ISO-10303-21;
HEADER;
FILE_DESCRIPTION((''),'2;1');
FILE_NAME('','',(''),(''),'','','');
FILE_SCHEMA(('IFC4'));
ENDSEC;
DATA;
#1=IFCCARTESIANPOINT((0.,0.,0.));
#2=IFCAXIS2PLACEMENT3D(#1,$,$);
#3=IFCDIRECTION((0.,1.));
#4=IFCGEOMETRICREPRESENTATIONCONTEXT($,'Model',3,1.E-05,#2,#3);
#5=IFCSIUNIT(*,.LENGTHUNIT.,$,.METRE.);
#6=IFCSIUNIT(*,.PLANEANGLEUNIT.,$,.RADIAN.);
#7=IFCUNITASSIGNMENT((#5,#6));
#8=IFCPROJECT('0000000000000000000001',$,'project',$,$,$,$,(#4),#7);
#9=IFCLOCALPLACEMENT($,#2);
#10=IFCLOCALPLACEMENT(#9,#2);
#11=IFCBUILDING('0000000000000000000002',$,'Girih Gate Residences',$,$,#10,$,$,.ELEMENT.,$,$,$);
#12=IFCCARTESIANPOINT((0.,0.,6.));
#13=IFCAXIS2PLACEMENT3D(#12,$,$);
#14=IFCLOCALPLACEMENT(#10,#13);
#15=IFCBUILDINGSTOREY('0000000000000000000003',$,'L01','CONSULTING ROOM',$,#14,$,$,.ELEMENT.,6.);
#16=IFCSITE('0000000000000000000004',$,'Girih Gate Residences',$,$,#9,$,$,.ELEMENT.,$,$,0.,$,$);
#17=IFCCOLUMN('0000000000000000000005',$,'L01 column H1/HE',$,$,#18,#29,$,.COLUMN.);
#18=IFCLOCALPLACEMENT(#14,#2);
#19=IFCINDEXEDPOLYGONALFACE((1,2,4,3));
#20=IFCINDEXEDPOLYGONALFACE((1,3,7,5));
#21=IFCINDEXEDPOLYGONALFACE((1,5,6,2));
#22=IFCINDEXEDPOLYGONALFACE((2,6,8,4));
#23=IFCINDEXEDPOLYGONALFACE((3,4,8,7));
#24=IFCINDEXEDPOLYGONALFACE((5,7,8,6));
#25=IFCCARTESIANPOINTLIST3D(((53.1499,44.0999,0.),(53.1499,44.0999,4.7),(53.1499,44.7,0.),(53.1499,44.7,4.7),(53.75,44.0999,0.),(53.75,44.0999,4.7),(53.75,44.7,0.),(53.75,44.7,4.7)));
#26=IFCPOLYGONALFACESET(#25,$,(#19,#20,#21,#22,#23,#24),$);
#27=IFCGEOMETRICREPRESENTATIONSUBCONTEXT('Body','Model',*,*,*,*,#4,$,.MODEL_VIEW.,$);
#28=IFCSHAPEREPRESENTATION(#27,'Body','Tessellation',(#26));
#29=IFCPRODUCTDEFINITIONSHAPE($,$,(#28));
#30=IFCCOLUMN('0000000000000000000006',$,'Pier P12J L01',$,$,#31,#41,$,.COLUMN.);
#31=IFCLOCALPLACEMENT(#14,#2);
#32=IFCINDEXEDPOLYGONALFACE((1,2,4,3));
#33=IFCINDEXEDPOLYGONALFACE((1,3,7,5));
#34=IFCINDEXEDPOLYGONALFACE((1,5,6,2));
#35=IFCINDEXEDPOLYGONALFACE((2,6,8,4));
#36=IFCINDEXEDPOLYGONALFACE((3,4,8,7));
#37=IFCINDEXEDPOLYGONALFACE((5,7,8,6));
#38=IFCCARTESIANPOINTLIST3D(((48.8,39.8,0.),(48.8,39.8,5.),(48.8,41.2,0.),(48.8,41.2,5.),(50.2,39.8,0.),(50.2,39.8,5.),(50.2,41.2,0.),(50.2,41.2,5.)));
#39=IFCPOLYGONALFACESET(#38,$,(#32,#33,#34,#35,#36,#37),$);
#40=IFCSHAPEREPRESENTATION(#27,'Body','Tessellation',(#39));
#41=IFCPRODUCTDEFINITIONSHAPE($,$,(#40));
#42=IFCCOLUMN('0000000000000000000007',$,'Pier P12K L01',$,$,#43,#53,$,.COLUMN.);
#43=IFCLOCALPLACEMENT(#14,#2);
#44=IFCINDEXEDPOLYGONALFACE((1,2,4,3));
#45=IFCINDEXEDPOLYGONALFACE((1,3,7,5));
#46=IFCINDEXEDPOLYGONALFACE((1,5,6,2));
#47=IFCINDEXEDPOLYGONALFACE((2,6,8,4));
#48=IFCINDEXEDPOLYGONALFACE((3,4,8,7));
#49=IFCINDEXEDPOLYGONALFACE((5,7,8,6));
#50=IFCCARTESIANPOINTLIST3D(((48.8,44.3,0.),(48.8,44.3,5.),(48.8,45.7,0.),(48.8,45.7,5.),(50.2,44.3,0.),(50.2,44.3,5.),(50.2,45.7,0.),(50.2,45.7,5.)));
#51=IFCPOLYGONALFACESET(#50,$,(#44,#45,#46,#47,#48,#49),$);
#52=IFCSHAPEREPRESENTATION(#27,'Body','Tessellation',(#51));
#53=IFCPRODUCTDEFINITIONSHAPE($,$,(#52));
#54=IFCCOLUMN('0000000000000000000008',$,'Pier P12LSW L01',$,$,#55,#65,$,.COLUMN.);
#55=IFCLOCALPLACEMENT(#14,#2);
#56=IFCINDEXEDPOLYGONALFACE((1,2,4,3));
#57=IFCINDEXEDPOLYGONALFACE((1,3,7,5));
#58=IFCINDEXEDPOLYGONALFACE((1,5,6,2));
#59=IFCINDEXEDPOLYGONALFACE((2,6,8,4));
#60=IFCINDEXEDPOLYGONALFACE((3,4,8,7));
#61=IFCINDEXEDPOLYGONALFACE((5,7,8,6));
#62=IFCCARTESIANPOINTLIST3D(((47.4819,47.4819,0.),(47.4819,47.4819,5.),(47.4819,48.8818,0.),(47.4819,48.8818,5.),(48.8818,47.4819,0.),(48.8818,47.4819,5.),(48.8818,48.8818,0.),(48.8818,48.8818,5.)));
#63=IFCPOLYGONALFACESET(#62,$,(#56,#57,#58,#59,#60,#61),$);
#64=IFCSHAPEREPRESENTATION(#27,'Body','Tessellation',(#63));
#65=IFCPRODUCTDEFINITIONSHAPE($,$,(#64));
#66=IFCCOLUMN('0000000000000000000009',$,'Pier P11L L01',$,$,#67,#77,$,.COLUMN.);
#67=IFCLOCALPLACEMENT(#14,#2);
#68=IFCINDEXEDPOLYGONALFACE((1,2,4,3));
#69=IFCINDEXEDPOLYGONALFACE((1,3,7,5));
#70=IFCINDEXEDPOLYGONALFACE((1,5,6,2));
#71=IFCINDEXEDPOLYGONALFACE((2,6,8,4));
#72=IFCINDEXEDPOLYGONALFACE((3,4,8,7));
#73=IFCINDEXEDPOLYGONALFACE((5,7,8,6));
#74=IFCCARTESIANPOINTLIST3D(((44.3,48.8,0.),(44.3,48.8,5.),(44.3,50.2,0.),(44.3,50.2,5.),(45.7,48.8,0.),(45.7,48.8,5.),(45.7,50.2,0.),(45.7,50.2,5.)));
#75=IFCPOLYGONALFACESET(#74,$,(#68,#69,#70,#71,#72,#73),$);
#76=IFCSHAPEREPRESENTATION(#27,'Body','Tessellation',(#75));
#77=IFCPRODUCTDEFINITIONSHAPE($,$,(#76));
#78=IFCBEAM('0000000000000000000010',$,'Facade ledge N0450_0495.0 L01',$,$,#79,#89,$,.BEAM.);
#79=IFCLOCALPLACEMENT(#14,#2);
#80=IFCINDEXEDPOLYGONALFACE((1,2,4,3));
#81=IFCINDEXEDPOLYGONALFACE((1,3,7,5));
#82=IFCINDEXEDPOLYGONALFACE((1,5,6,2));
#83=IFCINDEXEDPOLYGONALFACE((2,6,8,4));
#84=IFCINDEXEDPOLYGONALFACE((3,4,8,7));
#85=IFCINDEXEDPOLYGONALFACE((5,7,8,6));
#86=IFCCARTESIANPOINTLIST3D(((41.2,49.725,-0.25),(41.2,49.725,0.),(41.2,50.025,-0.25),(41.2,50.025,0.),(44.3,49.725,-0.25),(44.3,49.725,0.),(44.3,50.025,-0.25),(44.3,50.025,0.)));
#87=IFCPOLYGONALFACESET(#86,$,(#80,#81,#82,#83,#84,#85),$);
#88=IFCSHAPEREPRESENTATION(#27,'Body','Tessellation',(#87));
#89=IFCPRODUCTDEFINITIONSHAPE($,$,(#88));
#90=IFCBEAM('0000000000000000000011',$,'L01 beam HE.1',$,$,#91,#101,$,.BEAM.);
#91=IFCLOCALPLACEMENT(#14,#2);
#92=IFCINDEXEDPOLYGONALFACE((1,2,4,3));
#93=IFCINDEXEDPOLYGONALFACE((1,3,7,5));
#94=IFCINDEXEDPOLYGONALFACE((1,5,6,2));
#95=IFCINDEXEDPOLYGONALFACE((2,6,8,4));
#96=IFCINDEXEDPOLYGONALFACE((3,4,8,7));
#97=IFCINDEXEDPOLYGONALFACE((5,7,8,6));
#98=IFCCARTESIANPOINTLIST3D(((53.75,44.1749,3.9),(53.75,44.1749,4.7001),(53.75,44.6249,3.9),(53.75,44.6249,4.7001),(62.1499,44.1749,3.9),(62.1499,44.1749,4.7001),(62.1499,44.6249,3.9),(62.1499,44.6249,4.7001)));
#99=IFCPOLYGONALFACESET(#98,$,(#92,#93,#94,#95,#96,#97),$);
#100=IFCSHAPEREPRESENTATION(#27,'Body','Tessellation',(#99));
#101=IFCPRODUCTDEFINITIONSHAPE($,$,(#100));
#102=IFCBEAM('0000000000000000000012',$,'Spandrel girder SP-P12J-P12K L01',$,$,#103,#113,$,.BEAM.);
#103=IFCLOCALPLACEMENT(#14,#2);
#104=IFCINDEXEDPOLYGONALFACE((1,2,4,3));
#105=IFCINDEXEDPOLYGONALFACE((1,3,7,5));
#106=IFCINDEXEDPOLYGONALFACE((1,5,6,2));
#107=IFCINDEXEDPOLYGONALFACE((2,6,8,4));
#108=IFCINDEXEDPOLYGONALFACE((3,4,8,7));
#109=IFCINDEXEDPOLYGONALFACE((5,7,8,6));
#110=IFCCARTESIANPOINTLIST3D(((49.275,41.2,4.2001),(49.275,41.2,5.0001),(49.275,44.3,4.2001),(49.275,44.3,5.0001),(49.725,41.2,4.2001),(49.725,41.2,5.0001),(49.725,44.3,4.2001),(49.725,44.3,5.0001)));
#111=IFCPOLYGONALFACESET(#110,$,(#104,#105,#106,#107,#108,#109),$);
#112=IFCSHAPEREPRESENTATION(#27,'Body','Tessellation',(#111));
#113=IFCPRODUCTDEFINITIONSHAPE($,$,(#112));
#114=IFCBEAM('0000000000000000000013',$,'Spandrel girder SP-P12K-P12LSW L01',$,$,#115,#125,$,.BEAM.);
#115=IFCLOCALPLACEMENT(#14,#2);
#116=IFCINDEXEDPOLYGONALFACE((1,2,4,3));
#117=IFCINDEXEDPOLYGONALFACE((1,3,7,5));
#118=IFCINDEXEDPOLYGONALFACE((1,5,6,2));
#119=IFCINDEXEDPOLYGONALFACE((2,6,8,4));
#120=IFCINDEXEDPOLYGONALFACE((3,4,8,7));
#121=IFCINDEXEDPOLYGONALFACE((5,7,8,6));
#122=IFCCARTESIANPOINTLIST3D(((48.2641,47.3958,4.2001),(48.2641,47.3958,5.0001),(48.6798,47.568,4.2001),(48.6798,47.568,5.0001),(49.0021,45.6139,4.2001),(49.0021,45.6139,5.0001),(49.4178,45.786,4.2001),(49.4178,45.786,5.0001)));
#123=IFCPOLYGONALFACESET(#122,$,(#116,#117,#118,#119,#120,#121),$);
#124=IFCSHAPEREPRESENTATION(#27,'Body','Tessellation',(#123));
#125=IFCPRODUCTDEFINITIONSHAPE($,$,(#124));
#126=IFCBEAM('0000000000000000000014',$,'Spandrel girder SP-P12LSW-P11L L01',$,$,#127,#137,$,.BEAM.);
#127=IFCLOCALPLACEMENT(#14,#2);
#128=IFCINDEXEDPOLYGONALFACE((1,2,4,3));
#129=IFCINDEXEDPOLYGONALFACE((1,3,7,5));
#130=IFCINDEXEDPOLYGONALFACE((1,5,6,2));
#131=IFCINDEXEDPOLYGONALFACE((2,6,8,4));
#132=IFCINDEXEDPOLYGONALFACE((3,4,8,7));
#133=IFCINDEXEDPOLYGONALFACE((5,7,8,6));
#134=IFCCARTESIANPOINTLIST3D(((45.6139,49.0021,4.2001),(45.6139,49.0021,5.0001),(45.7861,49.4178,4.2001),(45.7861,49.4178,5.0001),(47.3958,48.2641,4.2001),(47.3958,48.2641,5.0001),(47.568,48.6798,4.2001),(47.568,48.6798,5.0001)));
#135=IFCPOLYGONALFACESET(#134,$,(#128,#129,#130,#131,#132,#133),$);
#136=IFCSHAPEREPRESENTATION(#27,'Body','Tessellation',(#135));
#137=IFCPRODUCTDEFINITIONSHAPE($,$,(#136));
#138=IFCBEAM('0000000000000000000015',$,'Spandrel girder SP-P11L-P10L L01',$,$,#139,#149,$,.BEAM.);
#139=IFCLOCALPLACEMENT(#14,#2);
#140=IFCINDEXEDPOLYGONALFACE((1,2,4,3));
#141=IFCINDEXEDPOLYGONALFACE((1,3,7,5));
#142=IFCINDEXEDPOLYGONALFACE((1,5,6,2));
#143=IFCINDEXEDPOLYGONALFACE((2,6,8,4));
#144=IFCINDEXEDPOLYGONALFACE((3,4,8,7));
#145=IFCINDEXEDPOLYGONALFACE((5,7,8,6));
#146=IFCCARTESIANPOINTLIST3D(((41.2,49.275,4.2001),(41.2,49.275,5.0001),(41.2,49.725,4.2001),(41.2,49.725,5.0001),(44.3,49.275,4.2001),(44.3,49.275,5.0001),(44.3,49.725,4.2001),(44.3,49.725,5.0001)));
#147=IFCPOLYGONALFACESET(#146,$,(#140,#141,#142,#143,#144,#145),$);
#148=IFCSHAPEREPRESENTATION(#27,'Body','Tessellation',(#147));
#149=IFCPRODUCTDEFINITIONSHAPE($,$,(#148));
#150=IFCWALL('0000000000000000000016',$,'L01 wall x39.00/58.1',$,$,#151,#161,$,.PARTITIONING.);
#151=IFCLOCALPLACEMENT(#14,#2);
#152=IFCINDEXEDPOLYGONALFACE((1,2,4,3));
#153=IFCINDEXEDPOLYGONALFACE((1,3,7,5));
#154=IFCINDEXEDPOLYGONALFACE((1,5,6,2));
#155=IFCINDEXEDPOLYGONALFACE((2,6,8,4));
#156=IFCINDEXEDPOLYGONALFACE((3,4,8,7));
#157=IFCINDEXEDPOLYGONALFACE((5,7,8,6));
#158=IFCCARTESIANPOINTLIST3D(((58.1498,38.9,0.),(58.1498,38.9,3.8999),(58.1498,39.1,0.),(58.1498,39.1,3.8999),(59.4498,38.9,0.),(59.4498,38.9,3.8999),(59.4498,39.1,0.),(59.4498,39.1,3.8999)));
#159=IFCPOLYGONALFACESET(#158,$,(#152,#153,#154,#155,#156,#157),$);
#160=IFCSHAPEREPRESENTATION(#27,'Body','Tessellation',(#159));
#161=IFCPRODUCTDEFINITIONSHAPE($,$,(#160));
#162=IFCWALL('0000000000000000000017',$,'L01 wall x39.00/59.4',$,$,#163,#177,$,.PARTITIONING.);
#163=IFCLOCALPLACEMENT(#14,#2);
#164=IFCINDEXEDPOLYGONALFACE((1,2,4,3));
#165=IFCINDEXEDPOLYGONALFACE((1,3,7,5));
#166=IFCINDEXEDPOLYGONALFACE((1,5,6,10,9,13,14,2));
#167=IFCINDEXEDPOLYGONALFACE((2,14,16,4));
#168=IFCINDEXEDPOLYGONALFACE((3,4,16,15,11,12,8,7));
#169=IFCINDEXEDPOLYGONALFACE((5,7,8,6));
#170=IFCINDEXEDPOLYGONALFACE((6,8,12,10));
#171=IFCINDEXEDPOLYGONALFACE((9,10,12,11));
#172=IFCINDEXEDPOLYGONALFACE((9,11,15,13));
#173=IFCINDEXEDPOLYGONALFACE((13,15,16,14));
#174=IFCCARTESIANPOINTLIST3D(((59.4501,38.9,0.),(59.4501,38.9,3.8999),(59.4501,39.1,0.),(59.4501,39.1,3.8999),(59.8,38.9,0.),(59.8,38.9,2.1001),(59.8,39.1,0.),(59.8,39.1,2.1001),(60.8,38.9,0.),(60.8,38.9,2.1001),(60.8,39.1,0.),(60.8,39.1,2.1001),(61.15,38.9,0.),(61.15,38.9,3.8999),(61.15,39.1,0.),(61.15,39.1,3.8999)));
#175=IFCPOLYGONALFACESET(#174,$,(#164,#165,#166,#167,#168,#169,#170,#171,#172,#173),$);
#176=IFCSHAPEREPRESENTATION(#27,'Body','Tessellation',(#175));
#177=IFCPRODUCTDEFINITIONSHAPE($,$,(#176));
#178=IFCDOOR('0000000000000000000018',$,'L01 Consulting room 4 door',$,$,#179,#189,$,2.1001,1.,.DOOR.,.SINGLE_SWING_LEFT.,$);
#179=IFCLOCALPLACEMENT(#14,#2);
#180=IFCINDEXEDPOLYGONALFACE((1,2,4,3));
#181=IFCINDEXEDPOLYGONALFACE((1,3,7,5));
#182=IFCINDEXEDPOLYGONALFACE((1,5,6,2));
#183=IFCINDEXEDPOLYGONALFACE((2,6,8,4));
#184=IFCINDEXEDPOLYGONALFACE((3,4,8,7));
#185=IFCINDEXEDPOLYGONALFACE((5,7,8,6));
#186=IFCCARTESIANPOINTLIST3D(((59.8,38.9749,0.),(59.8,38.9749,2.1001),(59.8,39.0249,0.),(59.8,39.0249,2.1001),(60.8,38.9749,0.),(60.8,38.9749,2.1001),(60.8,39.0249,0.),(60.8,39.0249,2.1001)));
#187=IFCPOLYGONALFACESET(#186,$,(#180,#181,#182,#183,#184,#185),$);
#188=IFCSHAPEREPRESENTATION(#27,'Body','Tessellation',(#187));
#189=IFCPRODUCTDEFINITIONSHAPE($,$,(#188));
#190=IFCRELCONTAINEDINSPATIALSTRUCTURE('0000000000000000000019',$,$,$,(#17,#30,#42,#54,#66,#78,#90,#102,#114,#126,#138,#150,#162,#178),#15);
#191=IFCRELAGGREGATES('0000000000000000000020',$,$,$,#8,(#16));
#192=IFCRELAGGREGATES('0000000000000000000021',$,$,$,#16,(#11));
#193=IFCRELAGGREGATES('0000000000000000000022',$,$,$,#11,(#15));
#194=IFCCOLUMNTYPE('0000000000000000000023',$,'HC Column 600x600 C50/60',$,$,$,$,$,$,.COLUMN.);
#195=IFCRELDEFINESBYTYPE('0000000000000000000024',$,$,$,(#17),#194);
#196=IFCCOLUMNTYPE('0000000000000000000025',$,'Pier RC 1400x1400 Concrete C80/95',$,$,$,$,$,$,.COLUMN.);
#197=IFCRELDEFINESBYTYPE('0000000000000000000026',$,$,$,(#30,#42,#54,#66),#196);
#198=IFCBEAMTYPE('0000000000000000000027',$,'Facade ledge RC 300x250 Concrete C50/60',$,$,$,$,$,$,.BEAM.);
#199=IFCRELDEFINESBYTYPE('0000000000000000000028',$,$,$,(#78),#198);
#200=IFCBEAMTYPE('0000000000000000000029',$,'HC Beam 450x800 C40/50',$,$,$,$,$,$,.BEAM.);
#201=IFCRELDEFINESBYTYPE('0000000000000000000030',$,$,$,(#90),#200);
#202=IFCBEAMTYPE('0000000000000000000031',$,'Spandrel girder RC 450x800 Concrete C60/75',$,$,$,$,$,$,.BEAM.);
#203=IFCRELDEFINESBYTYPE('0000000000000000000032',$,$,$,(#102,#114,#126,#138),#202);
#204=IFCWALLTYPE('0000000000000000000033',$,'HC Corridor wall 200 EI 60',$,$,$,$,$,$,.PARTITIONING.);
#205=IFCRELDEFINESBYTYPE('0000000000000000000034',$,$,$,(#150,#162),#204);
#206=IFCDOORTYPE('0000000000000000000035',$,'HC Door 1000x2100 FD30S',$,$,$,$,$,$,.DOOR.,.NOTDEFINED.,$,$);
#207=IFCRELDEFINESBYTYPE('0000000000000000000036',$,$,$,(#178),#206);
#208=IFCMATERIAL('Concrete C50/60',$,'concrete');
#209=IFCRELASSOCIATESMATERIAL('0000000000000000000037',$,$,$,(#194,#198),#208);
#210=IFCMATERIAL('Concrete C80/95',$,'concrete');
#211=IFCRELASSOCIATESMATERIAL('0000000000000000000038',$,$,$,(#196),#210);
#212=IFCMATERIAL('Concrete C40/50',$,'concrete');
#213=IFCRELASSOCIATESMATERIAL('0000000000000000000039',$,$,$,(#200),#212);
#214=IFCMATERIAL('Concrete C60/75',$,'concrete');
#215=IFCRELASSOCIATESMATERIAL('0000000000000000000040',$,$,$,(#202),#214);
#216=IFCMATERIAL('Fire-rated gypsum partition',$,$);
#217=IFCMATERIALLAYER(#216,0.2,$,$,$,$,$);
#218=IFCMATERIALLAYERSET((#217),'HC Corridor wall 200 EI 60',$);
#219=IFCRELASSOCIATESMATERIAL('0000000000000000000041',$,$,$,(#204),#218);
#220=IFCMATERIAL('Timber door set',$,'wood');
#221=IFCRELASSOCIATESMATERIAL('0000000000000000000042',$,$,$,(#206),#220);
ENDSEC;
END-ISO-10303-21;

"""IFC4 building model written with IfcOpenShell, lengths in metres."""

from ifc_helpers import new_model, si_unit, direction, frame, frame_2d, origin, origin_2d, place, context, subcontext, project, spatial, rectangle, extrude, material, layer, layer_set, material_profile, profile_set, type_object, element, fill, save


model = new_model("IFC4")

# Units and contexts
model_context = context("Model", 3, precision=1e-05, world=origin(), true_north=direction((0.0, 1.0)))
body_context = subcontext(model_context, "Body", "Model", "MODEL_VIEW")
ifc_project = project(units=[si_unit("LENGTHUNIT", "METRE"), si_unit("PLANEANGLEUNIT", "RADIAN")], contexts=[model_context])

# Site, building, storey
site_placement = place(None, origin())
site = spatial("IfcSite", under=ifc_project, at=site_placement, Name="Girih Gate Residences", CompositionType="ELEMENT", RefElevation=0.0)
building_placement = place(site_placement, origin())
building = spatial("IfcBuilding", under=site, at=building_placement, Name="Girih Gate Residences", CompositionType="ELEMENT")
storey_placement = place(building_placement, frame((0.0, 0.0, 6.0)))
storey = spatial("IfcBuildingStorey", under=building, at=storey_placement, Name="L01", Description="CONSULTING ROOM", CompositionType="ELEMENT", Elevation=6.0)

# Columns
ifc_material_1 = material(Name="Concrete C50/60", Category="concrete")
ifc_material_profile_1 = material_profile(ifc_material_1, rectangle(XDim=0.6001, YDim=0.6001, at=origin_2d()))
ifc_profile_set_1 = profile_set([ifc_material_profile_1], Name="Concrete C50/60")
column_type_1 = type_object("IfcColumnType", Name="HC Column 600x600 C50/60", PredefinedType="COLUMN", material=ifc_profile_set_1)
column_placement = place(storey_placement, frame((53.45, 44.3999, 0.0), z_axis=(0.0, 0.0, 1.0), x_axis=(1.0, 0.0, 0.0)))
element("IfcColumn", 1, at=column_placement, inside=storey, type_object=column_type_1, Name="L01 column H1/HE", PredefinedType="COLUMN", context=body_context, shape_type="SweptSolid", body=[
    extrude(rectangle(XDim=0.6001, YDim=0.6001, at=origin_2d()), origin(), (0.0, 0.0, 1.0), 4.7),
])
ifc_material_2 = material(Name="Concrete C80/95", Category="concrete")
ifc_material_profile_2 = material_profile(ifc_material_2, rectangle(XDim=1.3999, YDim=1.3999, at=origin_2d()))
ifc_profile_set_2 = profile_set([ifc_material_profile_2], Name="Concrete C80/95")
column_type_2 = type_object("IfcColumnType", Name="Pier RC 1400x1400 Concrete C80/95", PredefinedType="COLUMN", material=ifc_profile_set_2)
for number, where, z_axis, x_axis, name in (
    (2, (49.5, 40.5, 0.0), (0.0, 0.0, 1.0), (1.0, 0.0, 0.0), "Pier P12J L01"),
    (3, (49.5, 45.0, 0.0), (0.0, 0.0, 1.0), (1.0, 0.0, 0.0), "Pier P12K L01"),
    (4, (48.1819, 48.1819, 0.0), (0.0, 0.0, 1.0), (1.0, 0.0, 0.0), "Pier P12LSW L01"),
    (5, (45.0, 49.5, 0.0), (0.0, 0.0, 1.0), (1.0, 0.0, 0.0), "Pier P11L L01"),
):
    element("IfcColumn", number, at=place(storey_placement, frame(where, z_axis=z_axis, x_axis=x_axis)), inside=storey, type_object=column_type_2, Name=name, PredefinedType="COLUMN", context=body_context, shape_type="SweptSolid", body=[
        extrude(rectangle(XDim=1.3999, YDim=1.3999, at=origin_2d()), origin(), (0.0, 0.0, 1.0), 5.0),
    ])

# Beams
ifc_material_profile_3 = material_profile(ifc_material_1, rectangle(XDim=0.3, YDim=0.25, at=origin_2d()))
ifc_profile_set_3 = profile_set([ifc_material_profile_3], Name="Concrete C50/60")
beam_type_1 = type_object("IfcBeamType", Name="Facade ledge RC 300x250 Concrete C50/60", PredefinedType="BEAM", material=ifc_profile_set_3)
beam_1_placement = place(storey_placement, frame((44.3, 49.875, -0.125), z_axis=(-1.0, 0.0, 0.0), x_axis=(0.0, -1.0, 0.0)))
element("IfcBeam", 6, at=beam_1_placement, inside=storey, type_object=beam_type_1, Name="Facade ledge N0450_0495.0 L01", PredefinedType="BEAM", context=body_context, shape_type="SweptSolid", body=[
    extrude(rectangle(XDim=0.3, YDim=0.25, at=origin_2d()), origin(), (0.0, 0.0, 1.0), 3.1001),
])
ifc_material_3 = material(Name="Concrete C40/50", Category="concrete")
ifc_material_profile_4 = material_profile(ifc_material_3, rectangle(XDim=0.45, YDim=0.8, at=origin_2d()))
ifc_profile_set_4 = profile_set([ifc_material_profile_4], Name="Concrete C40/50")
beam_type_2 = type_object("IfcBeamType", Name="HC Beam 450x800 C40/50", PredefinedType="BEAM", material=ifc_profile_set_4)
beam_2_placement = place(storey_placement, frame((53.75, 44.3999, 4.3), z_axis=(1.0, 0.0, 0.0), x_axis=(0.0, 1.0, 0.0)))
element("IfcBeam", 7, at=beam_2_placement, inside=storey, type_object=beam_type_2, Name="L01 beam HE.1", PredefinedType="BEAM", context=body_context, shape_type="SweptSolid", body=[
    extrude(rectangle(XDim=0.45, YDim=0.8, at=origin_2d()), origin(), (0.0, 0.0, 1.0), 8.3999),
])
ifc_material_4 = material(Name="Concrete C60/75", Category="concrete")
ifc_material_profile_5 = material_profile(ifc_material_4, rectangle(XDim=0.45, YDim=0.8, at=origin_2d()))
ifc_profile_set_5 = profile_set([ifc_material_profile_5], Name="Concrete C60/75")
beam_type_3 = type_object("IfcBeamType", Name="Spandrel girder RC 450x800 Concrete C60/75", PredefinedType="BEAM", material=ifc_profile_set_5)
beam_3_placement = place(storey_placement, frame((49.5, 41.2, 4.6001), z_axis=(0.0, 1.0, 0.0), x_axis=(-1.0, 0.0, 0.0)))
element("IfcBeam", 8, at=beam_3_placement, inside=storey, type_object=beam_type_3, Name="Spandrel girder SP-P12J-P12K L01", PredefinedType="BEAM", context=body_context, shape_type="SweptSolid", body=[
    extrude(rectangle(XDim=0.45, YDim=0.8, at=origin_2d()), origin(), (0.0, 0.0, 1.0), 3.1001),
])
for number, where, z_axis, x_axis, name in (
    (9, (49.21, 45.7, 4.6001), (-0.382646, 0.923895, 0.0), (-0.923895, -0.382646, 0.0), "Spandrel girder SP-P12K-P12LSW L01"),
    (10, (47.4819, 48.4719, 4.6001), (-0.923895, 0.382646, 0.0), (-0.382646, -0.923895, 0.0), "Spandrel girder SP-P12LSW-P11L L01"),
):
    element("IfcBeam", number, at=place(storey_placement, frame(where, z_axis=z_axis, x_axis=x_axis)), inside=storey, type_object=beam_type_3, Name=name, PredefinedType="BEAM", context=body_context, shape_type="SweptSolid", body=[
        extrude(rectangle(XDim=0.45, YDim=0.8, at=origin_2d()), origin(), (0.0, 0.0, 1.0), 1.9287),
    ])
beam_4_placement = place(storey_placement, frame((44.3, 49.5, 4.6001), z_axis=(-1.0, 0.0, 0.0), x_axis=(0.0, -1.0, 0.0)))
element("IfcBeam", 11, at=beam_4_placement, inside=storey, type_object=beam_type_3, Name="Spandrel girder SP-P11L-P10L L01", PredefinedType="BEAM", context=body_context, shape_type="SweptSolid", body=[
    extrude(rectangle(XDim=0.45, YDim=0.8, at=origin_2d()), origin(), (0.0, 0.0, 1.0), 3.1001),
])

# Wall
ifc_material_5 = material(Name="Fire-rated gypsum partition")
ifc_layer_1 = layer(ifc_material_5, 0.2)
ifc_layer_set_1 = layer_set([ifc_layer_1], Name="HC Corridor wall 200 EI 60")
wall_type_1 = type_object("IfcWallType", Name="HC Corridor wall 200 EI 60", PredefinedType="PARTITIONING", material=ifc_layer_set_1)
wall_1_placement = place(storey_placement, frame((58.1499, 39.0, 0.0), z_axis=(0.0, 0.0, 1.0), x_axis=(1.0, 0.0, 0.0)))
element("IfcWall", 12, at=wall_1_placement, inside=storey, type_object=wall_type_1, Name="L01 wall x39.00/58.1", PredefinedType="PARTITIONING", context=body_context, shape_type="SweptSolid", body=[
    extrude(rectangle(XDim=1.3, YDim=0.2, at=frame_2d((0.6499, 0.0))), origin(), (0.0, 0.0, 1.0), 3.8999),
])

# Wall, opening, door
wall_2_placement = place(storey_placement, frame((59.45, 39.0, 0.0), z_axis=(0.0, 0.0, 1.0), x_axis=(1.0, 0.0, 0.0)))
wall_2 = element("IfcWall", 13, at=wall_2_placement, inside=storey, type_object=wall_type_1, Name="L01 wall x39.00/59.4", PredefinedType="PARTITIONING", context=body_context, shape_type="SweptSolid", body=[
    extrude(rectangle(XDim=1.7, YDim=0.2, at=frame_2d((0.8501, 0.0))), origin(), (0.0, 0.0, 1.0), 3.8999),
])
opening_1_placement = place(wall_2_placement, frame((0.3501, 0.0, 0.0)))
opening_1 = element("IfcOpeningElement", 14, at=opening_1_placement, cuts=wall_2, PredefinedType="OPENING", context=body_context, shape_type="SweptSolid", body=[
    extrude(rectangle(XDim=1.0, YDim=2.1001, at=frame_2d((0.5, 1.05))), frame((0.0, 0.1099, 0.0), z_axis=(0.0, -1.0, 0.0), x_axis=(1.0, 0.0, 0.0)), (0.0, 0.0, 1.0), 0.22),
])
ifc_material_6 = material(Name="Timber door set", Category="wood")
door_type = type_object("IfcDoorType", Name="HC Door 1000x2100 FD30S", OperationType="NOTDEFINED", PredefinedType="DOOR", material=ifc_material_6)
door_placement = place(opening_1_placement, origin())
door = element("IfcDoor", 15, at=door_placement, inside=storey, type_object=door_type, Name="L01 Consulting room 4 door", OperationType="SINGLE_SWING_LEFT", OverallHeight=2.1001, OverallWidth=1.0, PredefinedType="DOOR", context=body_context, shape_type="SweptSolid", body=[
    extrude(rectangle(XDim=1.0, YDim=2.1001, at=frame_2d((0.5, 1.05))), frame((0.0, 0.0249, 0.0), z_axis=(0.0, -1.0, 0.0), x_axis=(1.0, 0.0, 0.0)), (0.0, 0.0, 1.0), 0.05),
])
fill(opening_1, door)

save(model, "model.ifc")
